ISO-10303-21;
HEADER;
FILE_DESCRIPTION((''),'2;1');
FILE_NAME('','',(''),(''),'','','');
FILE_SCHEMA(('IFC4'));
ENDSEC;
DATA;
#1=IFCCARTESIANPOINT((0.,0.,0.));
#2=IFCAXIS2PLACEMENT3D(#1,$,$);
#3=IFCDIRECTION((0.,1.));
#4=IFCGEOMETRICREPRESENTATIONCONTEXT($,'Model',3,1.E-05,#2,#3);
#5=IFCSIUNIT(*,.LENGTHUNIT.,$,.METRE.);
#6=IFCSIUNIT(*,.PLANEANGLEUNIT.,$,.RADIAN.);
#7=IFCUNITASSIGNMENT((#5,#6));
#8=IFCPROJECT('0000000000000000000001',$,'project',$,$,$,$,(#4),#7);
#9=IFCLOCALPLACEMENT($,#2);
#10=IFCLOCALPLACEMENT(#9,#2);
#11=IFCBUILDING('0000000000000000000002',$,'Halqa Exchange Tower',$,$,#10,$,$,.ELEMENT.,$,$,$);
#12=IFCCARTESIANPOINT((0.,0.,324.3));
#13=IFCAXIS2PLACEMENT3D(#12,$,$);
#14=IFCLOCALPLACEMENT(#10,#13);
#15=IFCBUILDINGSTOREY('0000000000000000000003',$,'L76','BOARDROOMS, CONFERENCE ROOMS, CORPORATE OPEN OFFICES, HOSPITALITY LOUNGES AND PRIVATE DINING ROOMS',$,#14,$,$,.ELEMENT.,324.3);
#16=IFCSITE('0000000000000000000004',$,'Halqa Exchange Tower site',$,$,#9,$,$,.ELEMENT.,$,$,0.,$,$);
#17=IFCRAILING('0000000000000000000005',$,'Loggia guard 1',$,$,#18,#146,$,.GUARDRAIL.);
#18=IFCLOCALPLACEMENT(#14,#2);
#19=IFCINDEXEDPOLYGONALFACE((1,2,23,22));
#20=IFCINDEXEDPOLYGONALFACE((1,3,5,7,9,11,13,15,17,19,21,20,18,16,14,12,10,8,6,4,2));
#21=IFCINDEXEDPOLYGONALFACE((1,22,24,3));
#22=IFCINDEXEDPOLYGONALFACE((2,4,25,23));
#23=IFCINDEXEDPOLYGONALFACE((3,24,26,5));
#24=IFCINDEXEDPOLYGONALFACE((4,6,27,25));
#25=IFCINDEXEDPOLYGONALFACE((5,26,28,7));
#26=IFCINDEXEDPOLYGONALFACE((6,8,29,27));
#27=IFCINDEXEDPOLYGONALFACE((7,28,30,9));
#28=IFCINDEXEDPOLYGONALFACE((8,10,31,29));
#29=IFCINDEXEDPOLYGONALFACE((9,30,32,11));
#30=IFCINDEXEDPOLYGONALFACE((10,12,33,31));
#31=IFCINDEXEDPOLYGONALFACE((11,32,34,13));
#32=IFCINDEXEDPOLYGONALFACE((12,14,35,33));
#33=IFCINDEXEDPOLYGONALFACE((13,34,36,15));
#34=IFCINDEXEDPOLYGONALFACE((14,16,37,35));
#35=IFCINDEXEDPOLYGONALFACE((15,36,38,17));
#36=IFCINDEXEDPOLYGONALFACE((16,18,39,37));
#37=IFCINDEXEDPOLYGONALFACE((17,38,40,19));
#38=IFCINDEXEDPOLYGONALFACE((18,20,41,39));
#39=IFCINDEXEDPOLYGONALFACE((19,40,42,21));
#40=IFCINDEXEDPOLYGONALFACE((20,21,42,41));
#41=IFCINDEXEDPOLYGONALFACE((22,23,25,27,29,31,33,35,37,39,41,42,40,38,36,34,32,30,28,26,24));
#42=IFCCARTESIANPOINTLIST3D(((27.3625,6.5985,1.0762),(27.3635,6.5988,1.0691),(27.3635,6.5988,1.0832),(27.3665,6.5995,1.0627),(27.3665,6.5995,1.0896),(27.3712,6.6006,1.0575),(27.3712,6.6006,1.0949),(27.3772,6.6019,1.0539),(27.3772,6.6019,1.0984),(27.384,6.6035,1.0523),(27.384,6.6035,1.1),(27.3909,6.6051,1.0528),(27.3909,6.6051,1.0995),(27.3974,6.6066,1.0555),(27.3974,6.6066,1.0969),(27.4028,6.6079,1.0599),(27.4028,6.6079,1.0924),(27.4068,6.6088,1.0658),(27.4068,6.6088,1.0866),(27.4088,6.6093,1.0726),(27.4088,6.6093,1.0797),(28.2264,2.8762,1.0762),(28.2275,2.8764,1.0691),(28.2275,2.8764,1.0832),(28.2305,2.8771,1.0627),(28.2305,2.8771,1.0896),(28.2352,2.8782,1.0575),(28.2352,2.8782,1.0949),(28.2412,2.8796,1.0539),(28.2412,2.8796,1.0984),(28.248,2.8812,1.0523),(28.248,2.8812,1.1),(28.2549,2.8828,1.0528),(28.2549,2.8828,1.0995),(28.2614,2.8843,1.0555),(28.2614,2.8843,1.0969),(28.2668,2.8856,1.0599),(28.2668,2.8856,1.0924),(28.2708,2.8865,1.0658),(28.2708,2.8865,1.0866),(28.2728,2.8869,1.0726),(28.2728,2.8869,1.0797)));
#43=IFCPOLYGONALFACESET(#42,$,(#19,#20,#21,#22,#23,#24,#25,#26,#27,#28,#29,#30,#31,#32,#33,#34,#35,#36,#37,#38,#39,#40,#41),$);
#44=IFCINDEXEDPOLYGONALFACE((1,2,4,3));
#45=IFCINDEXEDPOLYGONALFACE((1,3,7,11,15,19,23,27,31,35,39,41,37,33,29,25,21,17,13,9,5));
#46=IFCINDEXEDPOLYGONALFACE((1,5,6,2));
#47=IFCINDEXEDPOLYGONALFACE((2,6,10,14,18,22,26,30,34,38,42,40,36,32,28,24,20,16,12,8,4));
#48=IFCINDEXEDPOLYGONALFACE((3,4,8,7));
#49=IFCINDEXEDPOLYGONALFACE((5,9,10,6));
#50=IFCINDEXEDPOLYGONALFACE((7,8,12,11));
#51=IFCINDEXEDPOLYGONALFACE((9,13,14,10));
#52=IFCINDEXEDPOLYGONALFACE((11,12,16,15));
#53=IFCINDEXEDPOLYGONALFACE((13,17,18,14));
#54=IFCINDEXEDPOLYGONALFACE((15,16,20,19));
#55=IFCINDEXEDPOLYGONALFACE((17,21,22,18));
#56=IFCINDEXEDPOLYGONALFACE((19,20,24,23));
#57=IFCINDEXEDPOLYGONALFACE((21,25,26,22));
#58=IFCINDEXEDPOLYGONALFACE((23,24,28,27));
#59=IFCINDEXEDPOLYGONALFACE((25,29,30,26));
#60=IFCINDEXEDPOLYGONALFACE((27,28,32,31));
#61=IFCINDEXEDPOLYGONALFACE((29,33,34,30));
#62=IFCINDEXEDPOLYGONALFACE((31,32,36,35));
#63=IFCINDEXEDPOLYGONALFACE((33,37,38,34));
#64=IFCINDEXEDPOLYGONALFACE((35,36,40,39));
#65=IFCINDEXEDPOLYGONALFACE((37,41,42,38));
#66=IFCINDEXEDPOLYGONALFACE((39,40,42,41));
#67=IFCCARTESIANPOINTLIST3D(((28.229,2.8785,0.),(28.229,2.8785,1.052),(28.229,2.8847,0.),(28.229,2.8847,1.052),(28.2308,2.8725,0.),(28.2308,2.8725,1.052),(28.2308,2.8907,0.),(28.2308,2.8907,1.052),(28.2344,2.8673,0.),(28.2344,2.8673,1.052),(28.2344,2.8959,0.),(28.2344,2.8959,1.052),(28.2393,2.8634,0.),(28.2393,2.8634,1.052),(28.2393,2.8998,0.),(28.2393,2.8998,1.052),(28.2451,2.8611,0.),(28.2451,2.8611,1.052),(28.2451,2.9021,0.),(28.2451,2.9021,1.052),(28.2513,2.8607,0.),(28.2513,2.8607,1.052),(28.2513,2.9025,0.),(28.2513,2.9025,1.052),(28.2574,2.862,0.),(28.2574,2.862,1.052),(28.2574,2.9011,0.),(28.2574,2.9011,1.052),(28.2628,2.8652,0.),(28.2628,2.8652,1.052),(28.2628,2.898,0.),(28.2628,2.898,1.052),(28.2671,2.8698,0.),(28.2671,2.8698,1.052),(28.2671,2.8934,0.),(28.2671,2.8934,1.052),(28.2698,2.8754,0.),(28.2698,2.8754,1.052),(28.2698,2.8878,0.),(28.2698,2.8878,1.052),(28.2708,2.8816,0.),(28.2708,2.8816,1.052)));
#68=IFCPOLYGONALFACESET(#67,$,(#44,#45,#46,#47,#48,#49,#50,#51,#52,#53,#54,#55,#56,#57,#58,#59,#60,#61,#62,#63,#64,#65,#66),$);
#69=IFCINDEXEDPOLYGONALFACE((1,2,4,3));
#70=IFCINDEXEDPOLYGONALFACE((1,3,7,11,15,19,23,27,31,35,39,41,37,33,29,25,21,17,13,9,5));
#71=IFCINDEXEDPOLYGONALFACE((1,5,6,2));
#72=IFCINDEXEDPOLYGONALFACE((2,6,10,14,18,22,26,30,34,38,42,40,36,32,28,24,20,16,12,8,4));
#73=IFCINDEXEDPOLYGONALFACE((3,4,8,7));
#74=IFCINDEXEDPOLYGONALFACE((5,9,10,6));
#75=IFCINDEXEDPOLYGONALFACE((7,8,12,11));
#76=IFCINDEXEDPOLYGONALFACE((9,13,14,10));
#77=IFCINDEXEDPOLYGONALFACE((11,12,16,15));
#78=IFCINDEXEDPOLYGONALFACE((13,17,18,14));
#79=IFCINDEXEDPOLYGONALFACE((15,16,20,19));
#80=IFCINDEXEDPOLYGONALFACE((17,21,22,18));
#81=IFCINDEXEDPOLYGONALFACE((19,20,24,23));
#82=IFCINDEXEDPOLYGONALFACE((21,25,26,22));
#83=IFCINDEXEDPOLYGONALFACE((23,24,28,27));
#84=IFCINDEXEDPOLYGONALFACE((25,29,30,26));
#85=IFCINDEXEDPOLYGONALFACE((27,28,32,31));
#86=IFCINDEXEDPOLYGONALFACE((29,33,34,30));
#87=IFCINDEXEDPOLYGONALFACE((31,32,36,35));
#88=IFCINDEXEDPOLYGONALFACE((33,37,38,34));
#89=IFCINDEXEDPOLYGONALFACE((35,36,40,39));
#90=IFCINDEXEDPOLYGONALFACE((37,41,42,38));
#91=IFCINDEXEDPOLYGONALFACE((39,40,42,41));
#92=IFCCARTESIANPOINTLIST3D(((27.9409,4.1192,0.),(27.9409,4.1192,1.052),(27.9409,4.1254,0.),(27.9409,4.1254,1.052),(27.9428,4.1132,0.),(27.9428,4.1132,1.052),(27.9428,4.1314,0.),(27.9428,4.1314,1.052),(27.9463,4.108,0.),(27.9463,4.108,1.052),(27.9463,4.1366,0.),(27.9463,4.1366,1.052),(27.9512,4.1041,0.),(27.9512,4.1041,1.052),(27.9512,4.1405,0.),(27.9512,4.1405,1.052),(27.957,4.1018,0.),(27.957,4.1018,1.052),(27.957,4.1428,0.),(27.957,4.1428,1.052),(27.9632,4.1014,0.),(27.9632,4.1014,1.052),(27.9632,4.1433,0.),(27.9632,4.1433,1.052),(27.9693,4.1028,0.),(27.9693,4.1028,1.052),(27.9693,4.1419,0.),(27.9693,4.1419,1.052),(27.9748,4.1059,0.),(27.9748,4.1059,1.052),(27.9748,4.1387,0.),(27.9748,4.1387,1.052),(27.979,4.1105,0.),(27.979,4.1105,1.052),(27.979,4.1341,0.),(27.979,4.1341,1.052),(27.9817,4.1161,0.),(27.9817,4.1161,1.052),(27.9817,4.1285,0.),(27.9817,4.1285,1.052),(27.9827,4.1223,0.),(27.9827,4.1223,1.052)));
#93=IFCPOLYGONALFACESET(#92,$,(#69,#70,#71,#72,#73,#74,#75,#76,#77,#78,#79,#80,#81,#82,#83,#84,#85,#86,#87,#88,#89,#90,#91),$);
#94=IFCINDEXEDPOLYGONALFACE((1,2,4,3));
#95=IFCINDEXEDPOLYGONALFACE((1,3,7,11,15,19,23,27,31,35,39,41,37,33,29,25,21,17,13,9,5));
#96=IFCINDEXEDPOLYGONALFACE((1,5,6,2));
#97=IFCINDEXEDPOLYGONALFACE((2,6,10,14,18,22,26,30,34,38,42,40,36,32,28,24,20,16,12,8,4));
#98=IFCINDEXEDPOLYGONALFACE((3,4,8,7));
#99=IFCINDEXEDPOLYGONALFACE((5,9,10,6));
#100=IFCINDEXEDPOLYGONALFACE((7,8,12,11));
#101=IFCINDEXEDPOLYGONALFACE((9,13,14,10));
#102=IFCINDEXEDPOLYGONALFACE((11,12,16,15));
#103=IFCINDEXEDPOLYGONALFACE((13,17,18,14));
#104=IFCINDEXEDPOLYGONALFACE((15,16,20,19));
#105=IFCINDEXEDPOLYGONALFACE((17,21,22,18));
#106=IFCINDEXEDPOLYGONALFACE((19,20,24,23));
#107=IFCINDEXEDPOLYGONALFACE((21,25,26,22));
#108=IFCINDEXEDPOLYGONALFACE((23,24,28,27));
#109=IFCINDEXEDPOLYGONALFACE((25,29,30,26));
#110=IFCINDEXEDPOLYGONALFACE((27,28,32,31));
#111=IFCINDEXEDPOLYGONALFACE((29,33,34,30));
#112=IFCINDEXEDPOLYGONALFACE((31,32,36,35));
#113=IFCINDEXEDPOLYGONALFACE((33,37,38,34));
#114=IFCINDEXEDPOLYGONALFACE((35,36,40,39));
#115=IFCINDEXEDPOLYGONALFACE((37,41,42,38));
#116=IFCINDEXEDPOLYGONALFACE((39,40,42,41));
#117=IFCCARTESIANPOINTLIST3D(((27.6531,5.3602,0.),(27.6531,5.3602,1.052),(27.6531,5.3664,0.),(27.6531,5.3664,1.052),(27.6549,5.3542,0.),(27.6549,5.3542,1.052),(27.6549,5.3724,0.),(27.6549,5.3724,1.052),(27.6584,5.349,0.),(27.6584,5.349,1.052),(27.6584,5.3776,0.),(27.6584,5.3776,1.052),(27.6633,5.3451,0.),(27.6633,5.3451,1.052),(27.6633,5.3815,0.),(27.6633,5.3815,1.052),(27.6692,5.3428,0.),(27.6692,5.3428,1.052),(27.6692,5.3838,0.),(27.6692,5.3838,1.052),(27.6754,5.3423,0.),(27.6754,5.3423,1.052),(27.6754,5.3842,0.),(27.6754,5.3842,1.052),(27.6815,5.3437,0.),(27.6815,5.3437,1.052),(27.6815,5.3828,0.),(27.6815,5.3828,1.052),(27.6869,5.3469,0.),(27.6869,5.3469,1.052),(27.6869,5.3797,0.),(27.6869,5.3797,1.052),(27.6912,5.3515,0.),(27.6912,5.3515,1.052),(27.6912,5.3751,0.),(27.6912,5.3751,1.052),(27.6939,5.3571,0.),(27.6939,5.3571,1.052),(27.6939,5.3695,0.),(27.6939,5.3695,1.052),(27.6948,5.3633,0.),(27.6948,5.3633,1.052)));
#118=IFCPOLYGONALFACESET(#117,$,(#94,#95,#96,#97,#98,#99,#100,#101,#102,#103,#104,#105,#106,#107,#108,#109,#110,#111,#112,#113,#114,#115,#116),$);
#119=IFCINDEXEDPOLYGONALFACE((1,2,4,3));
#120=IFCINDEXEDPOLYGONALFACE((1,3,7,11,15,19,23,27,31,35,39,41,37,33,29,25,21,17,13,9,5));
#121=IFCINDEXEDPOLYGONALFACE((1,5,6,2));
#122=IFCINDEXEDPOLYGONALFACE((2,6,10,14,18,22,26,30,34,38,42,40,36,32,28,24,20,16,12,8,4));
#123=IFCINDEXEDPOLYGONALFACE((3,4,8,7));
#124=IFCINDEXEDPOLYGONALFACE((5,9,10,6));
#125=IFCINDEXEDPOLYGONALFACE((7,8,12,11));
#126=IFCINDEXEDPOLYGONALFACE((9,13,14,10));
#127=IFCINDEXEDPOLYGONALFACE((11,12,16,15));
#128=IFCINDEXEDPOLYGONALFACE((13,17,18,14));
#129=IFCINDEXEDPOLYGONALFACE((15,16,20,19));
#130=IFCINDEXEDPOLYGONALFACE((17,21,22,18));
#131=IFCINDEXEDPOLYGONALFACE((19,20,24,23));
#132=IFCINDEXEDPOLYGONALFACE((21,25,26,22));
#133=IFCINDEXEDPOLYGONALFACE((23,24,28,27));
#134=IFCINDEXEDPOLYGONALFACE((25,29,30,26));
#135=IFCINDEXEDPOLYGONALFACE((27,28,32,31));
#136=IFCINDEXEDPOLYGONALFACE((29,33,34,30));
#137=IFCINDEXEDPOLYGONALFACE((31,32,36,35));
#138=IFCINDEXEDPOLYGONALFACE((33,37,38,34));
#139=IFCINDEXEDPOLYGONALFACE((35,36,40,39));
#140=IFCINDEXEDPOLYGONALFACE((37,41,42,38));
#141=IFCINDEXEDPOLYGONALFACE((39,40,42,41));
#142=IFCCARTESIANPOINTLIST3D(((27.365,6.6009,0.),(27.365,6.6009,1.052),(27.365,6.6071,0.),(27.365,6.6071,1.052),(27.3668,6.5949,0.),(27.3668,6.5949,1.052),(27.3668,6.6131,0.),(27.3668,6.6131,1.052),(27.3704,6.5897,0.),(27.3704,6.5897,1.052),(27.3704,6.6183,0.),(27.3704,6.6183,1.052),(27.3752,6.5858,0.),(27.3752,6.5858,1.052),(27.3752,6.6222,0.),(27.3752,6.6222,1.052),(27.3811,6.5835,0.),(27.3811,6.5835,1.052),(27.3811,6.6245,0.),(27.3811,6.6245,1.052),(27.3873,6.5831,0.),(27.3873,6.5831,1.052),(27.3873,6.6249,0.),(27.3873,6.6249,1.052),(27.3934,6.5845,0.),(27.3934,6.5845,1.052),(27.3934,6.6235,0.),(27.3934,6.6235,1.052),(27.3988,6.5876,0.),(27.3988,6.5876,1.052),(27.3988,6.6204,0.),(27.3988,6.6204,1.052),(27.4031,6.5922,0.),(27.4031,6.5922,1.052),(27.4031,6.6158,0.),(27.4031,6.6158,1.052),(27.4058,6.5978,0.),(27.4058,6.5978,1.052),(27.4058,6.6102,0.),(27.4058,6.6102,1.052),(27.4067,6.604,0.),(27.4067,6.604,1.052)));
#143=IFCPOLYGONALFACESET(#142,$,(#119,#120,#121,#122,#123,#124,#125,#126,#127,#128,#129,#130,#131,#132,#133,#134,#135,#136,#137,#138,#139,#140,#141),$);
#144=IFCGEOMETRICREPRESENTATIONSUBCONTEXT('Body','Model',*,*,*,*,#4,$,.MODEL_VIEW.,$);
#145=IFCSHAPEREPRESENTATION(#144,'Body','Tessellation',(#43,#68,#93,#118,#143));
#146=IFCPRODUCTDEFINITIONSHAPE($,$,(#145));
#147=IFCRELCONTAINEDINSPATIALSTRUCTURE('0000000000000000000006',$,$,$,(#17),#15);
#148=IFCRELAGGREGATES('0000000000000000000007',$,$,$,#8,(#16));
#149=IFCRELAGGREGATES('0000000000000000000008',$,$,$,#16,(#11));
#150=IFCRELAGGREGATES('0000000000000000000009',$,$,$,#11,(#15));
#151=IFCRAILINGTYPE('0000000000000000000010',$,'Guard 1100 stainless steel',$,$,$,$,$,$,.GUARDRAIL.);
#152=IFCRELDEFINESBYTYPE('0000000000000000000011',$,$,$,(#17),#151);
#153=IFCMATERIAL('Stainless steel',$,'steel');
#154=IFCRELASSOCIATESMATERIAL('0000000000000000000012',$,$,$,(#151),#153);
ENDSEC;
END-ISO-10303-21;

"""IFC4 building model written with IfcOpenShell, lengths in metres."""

from ifc_helpers import new_model, si_unit, direction, frame, origin, origin_2d, place, context, subcontext, project, spatial, circle, extrude, material, type_object, element, save


model = new_model("IFC4")

# Units and contexts
model_context = context("Model", 3, precision=1e-05, world=origin(), true_north=direction((0.0, 1.0)))
body_context = subcontext(model_context, "Body", "Model", "MODEL_VIEW")
ifc_project = project(units=[si_unit("LENGTHUNIT", "METRE"), si_unit("PLANEANGLEUNIT", "RADIAN")], contexts=[model_context])

# Site, building, storey
site_placement = place(None, origin())
site = spatial("IfcSite", under=ifc_project, at=site_placement, Name="Halqa Exchange Tower site", CompositionType="ELEMENT", RefElevation=0.0)
building_placement = place(site_placement, origin())
building = spatial("IfcBuilding", under=site, at=building_placement, Name="Halqa Exchange Tower", CompositionType="ELEMENT")
storey_placement = place(building_placement, frame((0.0, 0.0, 324.3)))
storey = spatial("IfcBuildingStorey", under=building, at=storey_placement, Name="L76", Description="BOARDROOMS, CONFERENCE ROOMS, CORPORATE OPEN OFFICES, HOSPITALITY LOUNGES AND PRIVATE DINING ROOMS", CompositionType="ELEMENT", Elevation=324.3)

# Railing
ifc_material_1 = material(Name="Stainless steel", Category="steel")
railing_type = type_object("IfcRailingType", Name="Guard 1100 stainless steel", PredefinedType="GUARDRAIL", material=ifc_material_1)
railing_1_placement = place(storey_placement, frame((28.2498, 2.8816, 0.0)))
element("IfcRailing", 1, at=railing_1_placement, inside=storey, type_object=railing_type, Name="Loggia guard 1", PredefinedType="GUARDRAIL", context=body_context, shape_type="SweptSolid", body=[
    extrude(circle(Radius=0.0239, at=origin_2d()), frame((0.0, 0.0, 1.0762), z_axis=(-0.2261, 0.974104, 0.0), x_axis=(-0.974104, -0.2261, 0.0)), (0.0, 0.0, 1.0), 3.8213),
    extrude(circle(Radius=0.021, at=origin_2d()), origin(), (0.0, 0.0, 1.0), 1.052),
    extrude(circle(Radius=0.021, at=origin_2d()), frame((-0.2881, 1.2407, 0.0)), (0.0, 0.0, 1.0), 1.052),
    extrude(circle(Radius=0.021, at=origin_2d()), frame((-0.5759, 2.4817, 0.0)), (0.0, 0.0, 1.0), 1.052),
    extrude(circle(Radius=0.021, at=origin_2d()), frame((-0.864, 3.7224, 0.0)), (0.0, 0.0, 1.0), 1.052),
])

save(model, "model.ifc")
